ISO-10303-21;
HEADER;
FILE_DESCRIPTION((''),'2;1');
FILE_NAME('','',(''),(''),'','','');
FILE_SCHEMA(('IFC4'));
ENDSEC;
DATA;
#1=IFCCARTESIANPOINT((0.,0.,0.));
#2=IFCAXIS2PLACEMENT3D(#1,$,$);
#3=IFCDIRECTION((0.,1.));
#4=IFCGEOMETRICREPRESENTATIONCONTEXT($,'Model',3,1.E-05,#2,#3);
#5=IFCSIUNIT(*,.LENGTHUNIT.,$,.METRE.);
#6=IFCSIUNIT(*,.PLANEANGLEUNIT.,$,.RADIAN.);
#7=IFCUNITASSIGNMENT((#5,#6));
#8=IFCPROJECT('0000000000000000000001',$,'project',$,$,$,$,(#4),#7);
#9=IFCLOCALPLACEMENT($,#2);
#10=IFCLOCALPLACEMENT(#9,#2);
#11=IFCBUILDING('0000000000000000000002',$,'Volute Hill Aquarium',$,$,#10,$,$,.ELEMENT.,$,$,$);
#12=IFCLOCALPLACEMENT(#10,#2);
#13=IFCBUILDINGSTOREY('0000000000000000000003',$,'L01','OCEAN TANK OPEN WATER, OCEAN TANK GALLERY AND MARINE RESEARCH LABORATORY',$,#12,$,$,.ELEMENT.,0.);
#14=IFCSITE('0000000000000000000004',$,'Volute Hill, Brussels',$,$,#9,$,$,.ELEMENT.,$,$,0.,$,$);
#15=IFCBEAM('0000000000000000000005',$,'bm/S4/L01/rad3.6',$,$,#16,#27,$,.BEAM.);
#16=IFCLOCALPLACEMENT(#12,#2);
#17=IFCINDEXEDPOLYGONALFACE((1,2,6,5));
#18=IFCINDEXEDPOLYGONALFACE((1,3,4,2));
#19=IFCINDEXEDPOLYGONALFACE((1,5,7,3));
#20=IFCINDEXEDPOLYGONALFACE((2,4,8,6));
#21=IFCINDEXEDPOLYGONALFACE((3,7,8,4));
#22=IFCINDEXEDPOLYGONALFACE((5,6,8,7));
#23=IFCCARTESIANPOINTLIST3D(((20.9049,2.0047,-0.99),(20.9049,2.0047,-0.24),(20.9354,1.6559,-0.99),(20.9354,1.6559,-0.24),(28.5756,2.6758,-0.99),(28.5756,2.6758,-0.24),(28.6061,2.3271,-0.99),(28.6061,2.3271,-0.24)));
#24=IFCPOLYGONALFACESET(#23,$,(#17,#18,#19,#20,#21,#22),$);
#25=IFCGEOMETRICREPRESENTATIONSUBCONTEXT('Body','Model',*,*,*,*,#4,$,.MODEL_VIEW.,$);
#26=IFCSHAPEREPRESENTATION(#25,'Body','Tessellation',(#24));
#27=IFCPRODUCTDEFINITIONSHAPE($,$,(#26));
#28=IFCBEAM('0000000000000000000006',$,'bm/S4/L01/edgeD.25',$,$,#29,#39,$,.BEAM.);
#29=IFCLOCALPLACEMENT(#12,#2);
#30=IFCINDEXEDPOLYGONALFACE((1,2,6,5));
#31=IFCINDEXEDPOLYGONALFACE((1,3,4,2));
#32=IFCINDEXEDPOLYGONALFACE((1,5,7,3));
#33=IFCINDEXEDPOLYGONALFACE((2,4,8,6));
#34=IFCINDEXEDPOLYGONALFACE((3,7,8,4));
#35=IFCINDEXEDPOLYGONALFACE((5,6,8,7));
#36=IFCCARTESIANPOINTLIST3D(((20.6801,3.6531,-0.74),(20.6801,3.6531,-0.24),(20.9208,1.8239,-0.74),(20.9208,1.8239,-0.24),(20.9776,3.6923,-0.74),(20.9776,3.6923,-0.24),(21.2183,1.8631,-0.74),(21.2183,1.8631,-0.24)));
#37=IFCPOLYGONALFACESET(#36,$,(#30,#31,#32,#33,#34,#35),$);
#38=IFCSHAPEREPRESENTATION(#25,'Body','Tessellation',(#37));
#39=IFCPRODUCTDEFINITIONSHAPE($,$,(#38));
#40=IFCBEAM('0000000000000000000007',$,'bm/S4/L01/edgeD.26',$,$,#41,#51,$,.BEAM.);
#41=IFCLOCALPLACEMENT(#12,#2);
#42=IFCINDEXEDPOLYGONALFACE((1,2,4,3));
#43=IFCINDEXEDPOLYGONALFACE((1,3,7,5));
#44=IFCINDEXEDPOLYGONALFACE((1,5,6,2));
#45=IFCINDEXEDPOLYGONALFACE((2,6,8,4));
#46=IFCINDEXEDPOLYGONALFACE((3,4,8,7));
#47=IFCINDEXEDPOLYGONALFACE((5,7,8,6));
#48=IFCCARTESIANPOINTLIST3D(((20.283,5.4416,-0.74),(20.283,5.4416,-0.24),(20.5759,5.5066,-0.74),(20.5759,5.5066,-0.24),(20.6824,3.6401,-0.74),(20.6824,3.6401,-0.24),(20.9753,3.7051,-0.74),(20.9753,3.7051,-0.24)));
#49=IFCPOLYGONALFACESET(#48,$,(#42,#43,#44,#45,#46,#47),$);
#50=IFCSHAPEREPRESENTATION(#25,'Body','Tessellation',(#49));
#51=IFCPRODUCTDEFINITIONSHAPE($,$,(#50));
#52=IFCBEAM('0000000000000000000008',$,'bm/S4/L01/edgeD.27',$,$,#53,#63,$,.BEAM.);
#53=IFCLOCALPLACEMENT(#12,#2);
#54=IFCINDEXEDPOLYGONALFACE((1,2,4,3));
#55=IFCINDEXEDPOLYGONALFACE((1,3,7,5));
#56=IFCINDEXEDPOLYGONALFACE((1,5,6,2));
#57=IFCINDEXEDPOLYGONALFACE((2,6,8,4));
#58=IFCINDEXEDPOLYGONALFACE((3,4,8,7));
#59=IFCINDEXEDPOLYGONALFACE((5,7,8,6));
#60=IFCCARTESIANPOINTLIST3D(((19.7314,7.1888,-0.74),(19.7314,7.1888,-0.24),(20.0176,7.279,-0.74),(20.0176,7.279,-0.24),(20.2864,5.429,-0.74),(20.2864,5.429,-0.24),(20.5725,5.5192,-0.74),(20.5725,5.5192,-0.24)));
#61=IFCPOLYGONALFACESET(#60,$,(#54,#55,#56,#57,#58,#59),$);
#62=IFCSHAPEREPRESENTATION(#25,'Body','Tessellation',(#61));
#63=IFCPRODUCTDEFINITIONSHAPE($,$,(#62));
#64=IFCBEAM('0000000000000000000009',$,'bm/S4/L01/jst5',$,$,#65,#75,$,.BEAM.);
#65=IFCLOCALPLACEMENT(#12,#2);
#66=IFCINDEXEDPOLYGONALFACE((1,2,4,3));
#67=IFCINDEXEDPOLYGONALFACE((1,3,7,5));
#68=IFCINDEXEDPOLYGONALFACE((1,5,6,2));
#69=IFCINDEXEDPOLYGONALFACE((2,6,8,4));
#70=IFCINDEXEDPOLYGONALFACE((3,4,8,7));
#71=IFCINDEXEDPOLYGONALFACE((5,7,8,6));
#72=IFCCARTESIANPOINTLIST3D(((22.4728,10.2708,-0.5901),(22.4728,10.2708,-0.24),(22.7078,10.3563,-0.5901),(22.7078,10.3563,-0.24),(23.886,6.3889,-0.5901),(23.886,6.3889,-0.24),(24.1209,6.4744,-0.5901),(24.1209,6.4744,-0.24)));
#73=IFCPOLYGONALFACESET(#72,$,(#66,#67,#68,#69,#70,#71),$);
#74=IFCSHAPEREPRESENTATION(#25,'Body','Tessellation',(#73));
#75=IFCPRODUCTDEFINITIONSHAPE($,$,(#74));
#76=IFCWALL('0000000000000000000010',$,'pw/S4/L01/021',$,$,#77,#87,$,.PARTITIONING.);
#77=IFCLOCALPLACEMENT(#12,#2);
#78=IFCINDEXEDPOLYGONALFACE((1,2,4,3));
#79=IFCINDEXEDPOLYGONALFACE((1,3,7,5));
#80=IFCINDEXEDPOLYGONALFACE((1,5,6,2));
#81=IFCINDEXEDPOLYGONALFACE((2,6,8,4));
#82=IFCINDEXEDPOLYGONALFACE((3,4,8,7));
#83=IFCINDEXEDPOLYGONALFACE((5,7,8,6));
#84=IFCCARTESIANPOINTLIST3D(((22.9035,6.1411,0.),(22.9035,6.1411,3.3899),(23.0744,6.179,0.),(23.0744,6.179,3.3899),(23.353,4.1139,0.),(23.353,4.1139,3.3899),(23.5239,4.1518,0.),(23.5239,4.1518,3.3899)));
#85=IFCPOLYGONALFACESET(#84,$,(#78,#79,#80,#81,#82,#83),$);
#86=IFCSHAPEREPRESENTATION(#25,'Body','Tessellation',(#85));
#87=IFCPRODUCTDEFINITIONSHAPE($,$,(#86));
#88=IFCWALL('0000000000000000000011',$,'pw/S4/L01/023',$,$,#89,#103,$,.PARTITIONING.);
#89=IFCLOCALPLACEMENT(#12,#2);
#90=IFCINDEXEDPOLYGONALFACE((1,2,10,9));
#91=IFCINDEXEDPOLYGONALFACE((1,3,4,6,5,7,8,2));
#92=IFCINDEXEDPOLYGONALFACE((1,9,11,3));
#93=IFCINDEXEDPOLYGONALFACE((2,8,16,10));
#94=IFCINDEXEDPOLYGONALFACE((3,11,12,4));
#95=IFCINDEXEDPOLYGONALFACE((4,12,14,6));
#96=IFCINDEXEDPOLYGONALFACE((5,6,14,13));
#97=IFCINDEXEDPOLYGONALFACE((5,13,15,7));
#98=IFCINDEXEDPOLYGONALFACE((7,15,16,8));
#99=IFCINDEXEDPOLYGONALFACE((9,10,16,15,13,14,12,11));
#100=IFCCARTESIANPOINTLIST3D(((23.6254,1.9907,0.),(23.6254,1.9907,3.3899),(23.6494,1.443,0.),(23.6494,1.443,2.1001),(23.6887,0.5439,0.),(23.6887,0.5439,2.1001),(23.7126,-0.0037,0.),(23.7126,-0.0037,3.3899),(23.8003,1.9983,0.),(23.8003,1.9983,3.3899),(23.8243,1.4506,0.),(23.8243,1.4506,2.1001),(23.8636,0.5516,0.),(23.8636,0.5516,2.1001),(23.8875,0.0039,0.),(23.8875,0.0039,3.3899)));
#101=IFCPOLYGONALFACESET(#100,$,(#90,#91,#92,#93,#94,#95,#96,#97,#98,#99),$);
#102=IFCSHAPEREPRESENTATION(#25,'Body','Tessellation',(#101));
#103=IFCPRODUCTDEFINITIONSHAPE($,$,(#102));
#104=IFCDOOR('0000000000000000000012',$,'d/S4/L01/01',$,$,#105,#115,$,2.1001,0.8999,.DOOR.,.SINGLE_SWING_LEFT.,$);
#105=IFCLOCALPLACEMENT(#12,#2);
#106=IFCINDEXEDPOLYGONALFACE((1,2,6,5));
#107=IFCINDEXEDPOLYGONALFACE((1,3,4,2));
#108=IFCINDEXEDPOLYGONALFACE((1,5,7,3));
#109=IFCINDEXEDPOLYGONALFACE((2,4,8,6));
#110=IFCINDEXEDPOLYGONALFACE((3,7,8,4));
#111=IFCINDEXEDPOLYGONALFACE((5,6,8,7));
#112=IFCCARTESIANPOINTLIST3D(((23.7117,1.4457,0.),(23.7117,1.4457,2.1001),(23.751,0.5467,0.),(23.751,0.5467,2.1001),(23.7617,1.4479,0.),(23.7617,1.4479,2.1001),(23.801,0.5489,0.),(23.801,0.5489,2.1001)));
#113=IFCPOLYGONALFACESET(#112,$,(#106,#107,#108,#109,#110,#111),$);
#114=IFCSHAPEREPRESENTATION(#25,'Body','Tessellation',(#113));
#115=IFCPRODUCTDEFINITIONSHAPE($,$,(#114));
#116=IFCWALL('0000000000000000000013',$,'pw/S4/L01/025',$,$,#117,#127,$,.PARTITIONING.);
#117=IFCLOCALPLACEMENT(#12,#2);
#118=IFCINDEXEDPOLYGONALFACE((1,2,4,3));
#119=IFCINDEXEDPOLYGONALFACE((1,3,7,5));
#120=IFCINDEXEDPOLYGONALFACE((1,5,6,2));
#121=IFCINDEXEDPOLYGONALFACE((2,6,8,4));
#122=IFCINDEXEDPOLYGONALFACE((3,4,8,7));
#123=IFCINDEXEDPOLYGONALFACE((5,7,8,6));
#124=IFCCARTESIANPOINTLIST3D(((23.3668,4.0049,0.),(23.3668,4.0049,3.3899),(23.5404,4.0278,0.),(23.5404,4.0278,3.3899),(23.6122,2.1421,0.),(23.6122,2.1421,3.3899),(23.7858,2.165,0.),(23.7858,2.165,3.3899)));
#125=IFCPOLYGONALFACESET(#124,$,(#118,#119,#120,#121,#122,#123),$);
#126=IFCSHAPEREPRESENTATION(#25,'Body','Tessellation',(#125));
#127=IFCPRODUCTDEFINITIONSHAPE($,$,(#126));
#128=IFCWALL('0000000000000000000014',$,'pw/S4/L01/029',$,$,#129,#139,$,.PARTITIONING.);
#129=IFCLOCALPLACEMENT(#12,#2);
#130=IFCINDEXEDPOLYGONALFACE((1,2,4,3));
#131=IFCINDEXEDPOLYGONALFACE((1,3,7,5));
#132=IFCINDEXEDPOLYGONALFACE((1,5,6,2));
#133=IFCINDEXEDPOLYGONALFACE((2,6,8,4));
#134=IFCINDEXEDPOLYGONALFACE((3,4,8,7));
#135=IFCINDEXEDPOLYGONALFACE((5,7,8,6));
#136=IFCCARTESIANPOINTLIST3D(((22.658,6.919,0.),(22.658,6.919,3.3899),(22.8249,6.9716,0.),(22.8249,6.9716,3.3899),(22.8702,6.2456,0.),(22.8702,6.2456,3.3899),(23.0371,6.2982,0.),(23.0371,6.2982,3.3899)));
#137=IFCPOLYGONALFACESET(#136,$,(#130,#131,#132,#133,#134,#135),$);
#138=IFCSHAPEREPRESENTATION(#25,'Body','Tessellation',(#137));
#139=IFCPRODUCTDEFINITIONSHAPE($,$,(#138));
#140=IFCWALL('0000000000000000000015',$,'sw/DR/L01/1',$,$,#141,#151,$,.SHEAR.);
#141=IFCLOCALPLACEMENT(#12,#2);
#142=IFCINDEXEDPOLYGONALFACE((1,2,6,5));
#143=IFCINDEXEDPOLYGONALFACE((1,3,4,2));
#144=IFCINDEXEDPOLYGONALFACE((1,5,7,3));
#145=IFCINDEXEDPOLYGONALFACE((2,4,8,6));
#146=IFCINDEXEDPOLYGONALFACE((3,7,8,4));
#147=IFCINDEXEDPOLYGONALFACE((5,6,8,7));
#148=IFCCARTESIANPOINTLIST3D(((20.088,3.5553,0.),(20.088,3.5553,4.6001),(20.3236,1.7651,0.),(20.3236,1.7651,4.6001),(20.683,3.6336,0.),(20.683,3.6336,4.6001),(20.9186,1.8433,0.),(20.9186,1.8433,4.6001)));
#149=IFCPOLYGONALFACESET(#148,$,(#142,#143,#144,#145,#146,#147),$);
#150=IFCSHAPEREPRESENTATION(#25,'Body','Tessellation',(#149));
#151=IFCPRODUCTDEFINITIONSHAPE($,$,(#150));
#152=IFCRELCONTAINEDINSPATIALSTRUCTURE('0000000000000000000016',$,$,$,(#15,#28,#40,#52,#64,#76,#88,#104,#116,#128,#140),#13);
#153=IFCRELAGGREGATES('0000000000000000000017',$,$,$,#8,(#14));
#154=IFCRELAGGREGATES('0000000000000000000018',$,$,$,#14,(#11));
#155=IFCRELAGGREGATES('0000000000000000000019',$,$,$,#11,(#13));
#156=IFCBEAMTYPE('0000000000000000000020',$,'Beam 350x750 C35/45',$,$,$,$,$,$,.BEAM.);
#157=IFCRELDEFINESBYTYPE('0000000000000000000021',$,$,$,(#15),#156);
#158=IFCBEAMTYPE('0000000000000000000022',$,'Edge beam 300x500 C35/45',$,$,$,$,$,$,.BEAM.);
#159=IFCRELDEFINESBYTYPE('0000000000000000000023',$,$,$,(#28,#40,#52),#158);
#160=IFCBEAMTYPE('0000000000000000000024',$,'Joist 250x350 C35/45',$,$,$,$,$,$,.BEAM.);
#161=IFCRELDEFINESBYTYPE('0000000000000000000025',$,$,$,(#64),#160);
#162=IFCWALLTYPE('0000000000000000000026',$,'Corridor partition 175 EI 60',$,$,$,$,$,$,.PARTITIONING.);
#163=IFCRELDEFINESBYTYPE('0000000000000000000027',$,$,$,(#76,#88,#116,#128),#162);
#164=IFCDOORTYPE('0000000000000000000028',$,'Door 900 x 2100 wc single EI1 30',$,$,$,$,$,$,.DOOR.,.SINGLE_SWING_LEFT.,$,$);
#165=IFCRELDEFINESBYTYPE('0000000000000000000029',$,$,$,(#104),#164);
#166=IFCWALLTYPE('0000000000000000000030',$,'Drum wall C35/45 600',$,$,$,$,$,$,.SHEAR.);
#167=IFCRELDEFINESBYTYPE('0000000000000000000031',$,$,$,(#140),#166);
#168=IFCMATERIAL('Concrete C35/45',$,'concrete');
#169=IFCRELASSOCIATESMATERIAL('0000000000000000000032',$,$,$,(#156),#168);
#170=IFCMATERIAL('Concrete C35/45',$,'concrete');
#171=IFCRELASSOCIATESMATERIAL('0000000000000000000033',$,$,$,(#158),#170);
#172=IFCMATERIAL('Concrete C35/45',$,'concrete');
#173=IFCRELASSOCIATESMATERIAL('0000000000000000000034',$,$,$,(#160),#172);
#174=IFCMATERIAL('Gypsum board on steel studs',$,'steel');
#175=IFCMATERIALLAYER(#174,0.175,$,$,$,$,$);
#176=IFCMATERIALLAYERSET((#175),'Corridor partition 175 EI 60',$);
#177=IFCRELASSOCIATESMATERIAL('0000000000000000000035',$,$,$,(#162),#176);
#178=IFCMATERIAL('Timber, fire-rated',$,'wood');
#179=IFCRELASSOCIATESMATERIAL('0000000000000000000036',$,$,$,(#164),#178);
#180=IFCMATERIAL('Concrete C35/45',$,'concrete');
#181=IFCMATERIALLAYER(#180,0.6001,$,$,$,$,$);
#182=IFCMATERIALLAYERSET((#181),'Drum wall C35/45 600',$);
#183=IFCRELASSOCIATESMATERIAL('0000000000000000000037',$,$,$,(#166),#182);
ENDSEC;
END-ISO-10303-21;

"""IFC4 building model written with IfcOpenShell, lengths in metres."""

from ifc_helpers import new_model, si_unit, direction, frame, frame_2d, origin, origin_2d, place, context, subcontext, project, spatial, rectangle, extrude, material, layer, layer_set, material_profile, profile_set, type_object, element, fill, save


model = new_model("IFC4")

# Units and contexts
model_context = context("Model", 3, precision=1e-05, world=origin(), true_north=direction((0.0, 1.0)))
body_context = subcontext(model_context, "Body", "Model", "MODEL_VIEW")
ifc_project = project(units=[si_unit("LENGTHUNIT", "METRE"), si_unit("PLANEANGLEUNIT", "RADIAN")], contexts=[model_context])

# Site, building, storey
site_placement = place(None, origin())
site = spatial("IfcSite", under=ifc_project, at=site_placement, Name="Volute Hill, Brussels", CompositionType="ELEMENT", RefElevation=0.0)
building_placement = place(site_placement, origin())
building = spatial("IfcBuilding", under=site, at=building_placement, Name="Volute Hill Aquarium", CompositionType="ELEMENT")
storey_placement = place(building_placement, origin())
storey = spatial("IfcBuildingStorey", under=building, at=storey_placement, Name="L01", Description="OCEAN TANK OPEN WATER, OCEAN TANK GALLERY AND MARINE RESEARCH LABORATORY", CompositionType="ELEMENT", Elevation=0.0)

# Beams
ifc_material_1 = material(Name="Concrete C35/45", Category="concrete")
ifc_material_profile_1 = material_profile(ifc_material_1, rectangle(XDim=0.3501, YDim=0.75, at=origin_2d()), Name="RC beam 350x750")
ifc_profile_set_1 = profile_set([ifc_material_profile_1], Name="Concrete C35/45")
beam_type_1 = type_object("IfcBeamType", Name="Beam 350x750 C35/45", PredefinedType="BEAM", material=ifc_profile_set_1)
beam_1_placement = place(storey_placement, frame((20.9202, 1.8303, -0.615), z_axis=(0.996194, 0.087162, 0.0), x_axis=(-0.087162, 0.996194, 0.0)))
element("IfcBeam", 1, at=beam_1_placement, inside=storey, type_object=beam_type_1, Name="bm/S4/L01/rad3.6", PredefinedType="BEAM", context=body_context, shape_type="SweptSolid", body=[
    extrude(rectangle(XDim=0.3501, YDim=0.75, at=origin_2d()), origin(), (0.0, 0.0, 1.0), 7.7),
])
ifc_material_2 = material(Name="Concrete C35/45", Category="concrete")
ifc_material_profile_2 = material_profile(ifc_material_2, rectangle(XDim=0.3, YDim=0.5, at=origin_2d()), Name="RC edge beam 300x500")
ifc_profile_set_2 = profile_set([ifc_material_profile_2], Name="Concrete C35/45")
beam_type_2 = type_object("IfcBeamType", Name="Edge beam 300x500 C35/45", PredefinedType="BEAM", material=ifc_profile_set_2)
beam_2_placement = place(storey_placement, frame((21.0696, 1.8435, -0.49), z_axis=(-0.130482, 0.991451, 0.0), x_axis=(-0.991451, -0.130482, 0.0)))
element("IfcBeam", 2, at=beam_2_placement, inside=storey, type_object=beam_type_2, Name="bm/S4/L01/edgeD.25", PredefinedType="BEAM", context=body_context, shape_type="SweptSolid", body=[
    extrude(rectangle(XDim=0.3, YDim=0.5, at=origin_2d()), origin(), (0.0, 0.0, 1.0), 1.845),
])
for number, where, z_axis, x_axis, name in (
    (3, (20.8289, 3.6726, -0.49), (-0.216454, 0.976293, 0.0), (-0.976293, -0.216454, 0.0), "bm/S4/L01/edgeD.26"),
    (4, (20.4294, 5.4741, -0.49), (-0.300745, 0.953705, 0.0), (-0.953705, -0.300745, 0.0), "bm/S4/L01/edgeD.27"),
):
    element("IfcBeam", number, at=place(storey_placement, frame(where, z_axis=z_axis, x_axis=x_axis)), inside=storey, type_object=beam_type_2, Name=name, PredefinedType="BEAM", context=body_context, shape_type="SweptSolid", body=[
        extrude(rectangle(XDim=0.3, YDim=0.5, at=origin_2d()), origin(), (0.0, 0.0, 1.0), 1.8452),
    ])
ifc_material_3 = material(Name="Concrete C35/45", Category="concrete")
ifc_material_profile_3 = material_profile(ifc_material_3, rectangle(XDim=0.25, YDim=0.3501, at=origin_2d()), Name="RC joist 250x350")
ifc_profile_set_3 = profile_set([ifc_material_profile_3], Name="Concrete C35/45")
beam_type_3 = type_object("IfcBeamType", Name="Joist 250x350 C35/45", PredefinedType="BEAM", material=ifc_profile_set_3)
beam_3_placement = place(storey_placement, frame((24.0034, 6.4316, -0.415), z_axis=(-0.342066, 0.939676, 0.0), x_axis=(-0.939676, -0.342066, 0.0)))
element("IfcBeam", 5, at=beam_3_placement, inside=storey, type_object=beam_type_3, Name="bm/S4/L01/jst5", PredefinedType="BEAM", context=body_context, shape_type="SweptSolid", body=[
    extrude(rectangle(XDim=0.25, YDim=0.3501, at=origin_2d()), origin(), (0.0, 0.0, 1.0), 4.1311),
])

# Wall
ifc_material_4 = material(Name="Gypsum board on steel studs", Category="steel")
ifc_layer_1 = layer(ifc_material_4, 0.175)
ifc_layer_set_1 = layer_set([ifc_layer_1], Name="Corridor partition 175 EI 60")
wall_type_1 = type_object("IfcWallType", Name="Corridor partition 175 EI 60", PredefinedType="PARTITIONING", material=ifc_layer_set_1)
wall_1_placement = place(storey_placement, frame((22.989, 6.1599, 0.0), z_axis=(0.0, 0.0, 1.0), x_axis=(0.21647, -0.976289, 0.0)))
element("IfcWall", 6, at=wall_1_placement, inside=storey, type_object=wall_type_1, Name="pw/S4/L01/021", PredefinedType="PARTITIONING", context=body_context, shape_type="SweptSolid", body=[
    extrude(rectangle(XDim=2.0764, YDim=0.175, at=frame_2d((1.0381, 0.0))), origin(), (0.0, 0.0, 1.0), 3.3899),
])

# Wall, opening, door
wall_2_placement = place(storey_placement, frame((23.7129, 1.9944, 0.0), z_axis=(0.0, 0.0, 1.0), x_axis=(0.04366, -0.999046, 0.0)))
wall_2 = element("IfcWall", 7, at=wall_2_placement, inside=storey, type_object=wall_type_1, Name="pw/S4/L01/023", PredefinedType="PARTITIONING", context=body_context, shape_type="SweptSolid", body=[
    extrude(rectangle(XDim=1.9963, YDim=0.175, at=frame_2d((0.998, 0.0))), origin(), (0.0, 0.0, 1.0), 3.3899),
])
opening_1_placement = place(wall_2_placement, frame((0.5481, 0.0, 0.0)))
opening_1 = element("IfcOpeningElement", 8, at=opening_1_placement, cuts=wall_2, PredefinedType="OPENING", context=body_context, shape_type="SweptSolid", body=[
    extrude(rectangle(XDim=0.8999, YDim=2.1001, at=frame_2d((0.45, 1.05))), frame((0.0, 0.0974, 0.0), z_axis=(0.0, -1.0, 0.0), x_axis=(1.0, 0.0, 0.0)), (0.0, 0.0, 1.0), 0.1951),
])
ifc_material_5 = material(Name="Timber, fire-rated", Category="wood")
door_type_1 = type_object("IfcDoorType", Name="Door 900 x 2100 wc single EI1 30", OperationType="SINGLE_SWING_LEFT", PredefinedType="DOOR", material=ifc_material_5)
door_1_placement = place(opening_1_placement, origin())
door_1 = element("IfcDoor", 9, at=door_1_placement, inside=storey, type_object=door_type_1, Name="d/S4/L01/01", OperationType="SINGLE_SWING_LEFT", OverallHeight=2.1001, OverallWidth=0.8999, PredefinedType="DOOR", context=body_context, shape_type="SweptSolid", body=[
    extrude(rectangle(XDim=0.8999, YDim=2.1001, at=frame_2d((0.45, 1.05))), frame((0.0, 0.0249, 0.0), z_axis=(0.0, -1.0, 0.0), x_axis=(1.0, 0.0, 0.0)), (0.0, 0.0, 1.0), 0.05),
])
fill(opening_1, door_1)

# Walls
wall_3_placement = place(storey_placement, frame((23.4536, 4.0164, 0.0), z_axis=(0.0, 0.0, 1.0), x_axis=(0.130589, -0.991437, 0.0)))
element("IfcWall", 10, at=wall_3_placement, inside=storey, type_object=wall_type_1, Name="pw/S4/L01/025", PredefinedType="PARTITIONING", context=body_context, shape_type="SweptSolid", body=[
    extrude(rectangle(XDim=1.8789, YDim=0.175, at=frame_2d((0.9395, 0.0))), origin(), (0.0, 0.0, 1.0), 3.3899),
])
wall_4_placement = place(storey_placement, frame((22.7415, 6.9453, 0.0), z_axis=(0.0, 0.0, 1.0), x_axis=(0.300519, -0.953776, 0.0)))
element("IfcWall", 11, at=wall_4_placement, inside=storey, type_object=wall_type_1, Name="pw/S4/L01/029", PredefinedType="PARTITIONING", context=body_context, shape_type="SweptSolid", body=[
    extrude(rectangle(XDim=0.7061, YDim=0.175, at=frame_2d((0.353, 0.0))), origin(), (0.0, 0.0, 1.0), 3.3899),
])
ifc_material_6 = material(Name="Concrete C35/45", Category="concrete")
ifc_layer_2 = layer(ifc_material_6, 0.6001)
ifc_layer_set_2 = layer_set([ifc_layer_2], Name="Drum wall C35/45 600")
wall_type_2 = type_object("IfcWallType", Name="Drum wall C35/45 600", PredefinedType="SHEAR", material=ifc_layer_set_2)
wall_5_placement = place(storey_placement, frame((20.6211, 1.8042, 0.0), z_axis=(0.0, 0.0, 1.0), x_axis=(-0.130472, 0.991452, 0.0)))
element("IfcWall", 12, at=wall_5_placement, inside=storey, type_object=wall_type_2, Name="sw/DR/L01/1", PredefinedType="SHEAR", context=body_context, shape_type="SweptSolid", body=[
    extrude(rectangle(XDim=1.8057, YDim=0.6001, at=frame_2d((0.9028, 0.0))), origin(), (0.0, 0.0, 1.0), 4.6001),
])

save(model, "model.ifc")
